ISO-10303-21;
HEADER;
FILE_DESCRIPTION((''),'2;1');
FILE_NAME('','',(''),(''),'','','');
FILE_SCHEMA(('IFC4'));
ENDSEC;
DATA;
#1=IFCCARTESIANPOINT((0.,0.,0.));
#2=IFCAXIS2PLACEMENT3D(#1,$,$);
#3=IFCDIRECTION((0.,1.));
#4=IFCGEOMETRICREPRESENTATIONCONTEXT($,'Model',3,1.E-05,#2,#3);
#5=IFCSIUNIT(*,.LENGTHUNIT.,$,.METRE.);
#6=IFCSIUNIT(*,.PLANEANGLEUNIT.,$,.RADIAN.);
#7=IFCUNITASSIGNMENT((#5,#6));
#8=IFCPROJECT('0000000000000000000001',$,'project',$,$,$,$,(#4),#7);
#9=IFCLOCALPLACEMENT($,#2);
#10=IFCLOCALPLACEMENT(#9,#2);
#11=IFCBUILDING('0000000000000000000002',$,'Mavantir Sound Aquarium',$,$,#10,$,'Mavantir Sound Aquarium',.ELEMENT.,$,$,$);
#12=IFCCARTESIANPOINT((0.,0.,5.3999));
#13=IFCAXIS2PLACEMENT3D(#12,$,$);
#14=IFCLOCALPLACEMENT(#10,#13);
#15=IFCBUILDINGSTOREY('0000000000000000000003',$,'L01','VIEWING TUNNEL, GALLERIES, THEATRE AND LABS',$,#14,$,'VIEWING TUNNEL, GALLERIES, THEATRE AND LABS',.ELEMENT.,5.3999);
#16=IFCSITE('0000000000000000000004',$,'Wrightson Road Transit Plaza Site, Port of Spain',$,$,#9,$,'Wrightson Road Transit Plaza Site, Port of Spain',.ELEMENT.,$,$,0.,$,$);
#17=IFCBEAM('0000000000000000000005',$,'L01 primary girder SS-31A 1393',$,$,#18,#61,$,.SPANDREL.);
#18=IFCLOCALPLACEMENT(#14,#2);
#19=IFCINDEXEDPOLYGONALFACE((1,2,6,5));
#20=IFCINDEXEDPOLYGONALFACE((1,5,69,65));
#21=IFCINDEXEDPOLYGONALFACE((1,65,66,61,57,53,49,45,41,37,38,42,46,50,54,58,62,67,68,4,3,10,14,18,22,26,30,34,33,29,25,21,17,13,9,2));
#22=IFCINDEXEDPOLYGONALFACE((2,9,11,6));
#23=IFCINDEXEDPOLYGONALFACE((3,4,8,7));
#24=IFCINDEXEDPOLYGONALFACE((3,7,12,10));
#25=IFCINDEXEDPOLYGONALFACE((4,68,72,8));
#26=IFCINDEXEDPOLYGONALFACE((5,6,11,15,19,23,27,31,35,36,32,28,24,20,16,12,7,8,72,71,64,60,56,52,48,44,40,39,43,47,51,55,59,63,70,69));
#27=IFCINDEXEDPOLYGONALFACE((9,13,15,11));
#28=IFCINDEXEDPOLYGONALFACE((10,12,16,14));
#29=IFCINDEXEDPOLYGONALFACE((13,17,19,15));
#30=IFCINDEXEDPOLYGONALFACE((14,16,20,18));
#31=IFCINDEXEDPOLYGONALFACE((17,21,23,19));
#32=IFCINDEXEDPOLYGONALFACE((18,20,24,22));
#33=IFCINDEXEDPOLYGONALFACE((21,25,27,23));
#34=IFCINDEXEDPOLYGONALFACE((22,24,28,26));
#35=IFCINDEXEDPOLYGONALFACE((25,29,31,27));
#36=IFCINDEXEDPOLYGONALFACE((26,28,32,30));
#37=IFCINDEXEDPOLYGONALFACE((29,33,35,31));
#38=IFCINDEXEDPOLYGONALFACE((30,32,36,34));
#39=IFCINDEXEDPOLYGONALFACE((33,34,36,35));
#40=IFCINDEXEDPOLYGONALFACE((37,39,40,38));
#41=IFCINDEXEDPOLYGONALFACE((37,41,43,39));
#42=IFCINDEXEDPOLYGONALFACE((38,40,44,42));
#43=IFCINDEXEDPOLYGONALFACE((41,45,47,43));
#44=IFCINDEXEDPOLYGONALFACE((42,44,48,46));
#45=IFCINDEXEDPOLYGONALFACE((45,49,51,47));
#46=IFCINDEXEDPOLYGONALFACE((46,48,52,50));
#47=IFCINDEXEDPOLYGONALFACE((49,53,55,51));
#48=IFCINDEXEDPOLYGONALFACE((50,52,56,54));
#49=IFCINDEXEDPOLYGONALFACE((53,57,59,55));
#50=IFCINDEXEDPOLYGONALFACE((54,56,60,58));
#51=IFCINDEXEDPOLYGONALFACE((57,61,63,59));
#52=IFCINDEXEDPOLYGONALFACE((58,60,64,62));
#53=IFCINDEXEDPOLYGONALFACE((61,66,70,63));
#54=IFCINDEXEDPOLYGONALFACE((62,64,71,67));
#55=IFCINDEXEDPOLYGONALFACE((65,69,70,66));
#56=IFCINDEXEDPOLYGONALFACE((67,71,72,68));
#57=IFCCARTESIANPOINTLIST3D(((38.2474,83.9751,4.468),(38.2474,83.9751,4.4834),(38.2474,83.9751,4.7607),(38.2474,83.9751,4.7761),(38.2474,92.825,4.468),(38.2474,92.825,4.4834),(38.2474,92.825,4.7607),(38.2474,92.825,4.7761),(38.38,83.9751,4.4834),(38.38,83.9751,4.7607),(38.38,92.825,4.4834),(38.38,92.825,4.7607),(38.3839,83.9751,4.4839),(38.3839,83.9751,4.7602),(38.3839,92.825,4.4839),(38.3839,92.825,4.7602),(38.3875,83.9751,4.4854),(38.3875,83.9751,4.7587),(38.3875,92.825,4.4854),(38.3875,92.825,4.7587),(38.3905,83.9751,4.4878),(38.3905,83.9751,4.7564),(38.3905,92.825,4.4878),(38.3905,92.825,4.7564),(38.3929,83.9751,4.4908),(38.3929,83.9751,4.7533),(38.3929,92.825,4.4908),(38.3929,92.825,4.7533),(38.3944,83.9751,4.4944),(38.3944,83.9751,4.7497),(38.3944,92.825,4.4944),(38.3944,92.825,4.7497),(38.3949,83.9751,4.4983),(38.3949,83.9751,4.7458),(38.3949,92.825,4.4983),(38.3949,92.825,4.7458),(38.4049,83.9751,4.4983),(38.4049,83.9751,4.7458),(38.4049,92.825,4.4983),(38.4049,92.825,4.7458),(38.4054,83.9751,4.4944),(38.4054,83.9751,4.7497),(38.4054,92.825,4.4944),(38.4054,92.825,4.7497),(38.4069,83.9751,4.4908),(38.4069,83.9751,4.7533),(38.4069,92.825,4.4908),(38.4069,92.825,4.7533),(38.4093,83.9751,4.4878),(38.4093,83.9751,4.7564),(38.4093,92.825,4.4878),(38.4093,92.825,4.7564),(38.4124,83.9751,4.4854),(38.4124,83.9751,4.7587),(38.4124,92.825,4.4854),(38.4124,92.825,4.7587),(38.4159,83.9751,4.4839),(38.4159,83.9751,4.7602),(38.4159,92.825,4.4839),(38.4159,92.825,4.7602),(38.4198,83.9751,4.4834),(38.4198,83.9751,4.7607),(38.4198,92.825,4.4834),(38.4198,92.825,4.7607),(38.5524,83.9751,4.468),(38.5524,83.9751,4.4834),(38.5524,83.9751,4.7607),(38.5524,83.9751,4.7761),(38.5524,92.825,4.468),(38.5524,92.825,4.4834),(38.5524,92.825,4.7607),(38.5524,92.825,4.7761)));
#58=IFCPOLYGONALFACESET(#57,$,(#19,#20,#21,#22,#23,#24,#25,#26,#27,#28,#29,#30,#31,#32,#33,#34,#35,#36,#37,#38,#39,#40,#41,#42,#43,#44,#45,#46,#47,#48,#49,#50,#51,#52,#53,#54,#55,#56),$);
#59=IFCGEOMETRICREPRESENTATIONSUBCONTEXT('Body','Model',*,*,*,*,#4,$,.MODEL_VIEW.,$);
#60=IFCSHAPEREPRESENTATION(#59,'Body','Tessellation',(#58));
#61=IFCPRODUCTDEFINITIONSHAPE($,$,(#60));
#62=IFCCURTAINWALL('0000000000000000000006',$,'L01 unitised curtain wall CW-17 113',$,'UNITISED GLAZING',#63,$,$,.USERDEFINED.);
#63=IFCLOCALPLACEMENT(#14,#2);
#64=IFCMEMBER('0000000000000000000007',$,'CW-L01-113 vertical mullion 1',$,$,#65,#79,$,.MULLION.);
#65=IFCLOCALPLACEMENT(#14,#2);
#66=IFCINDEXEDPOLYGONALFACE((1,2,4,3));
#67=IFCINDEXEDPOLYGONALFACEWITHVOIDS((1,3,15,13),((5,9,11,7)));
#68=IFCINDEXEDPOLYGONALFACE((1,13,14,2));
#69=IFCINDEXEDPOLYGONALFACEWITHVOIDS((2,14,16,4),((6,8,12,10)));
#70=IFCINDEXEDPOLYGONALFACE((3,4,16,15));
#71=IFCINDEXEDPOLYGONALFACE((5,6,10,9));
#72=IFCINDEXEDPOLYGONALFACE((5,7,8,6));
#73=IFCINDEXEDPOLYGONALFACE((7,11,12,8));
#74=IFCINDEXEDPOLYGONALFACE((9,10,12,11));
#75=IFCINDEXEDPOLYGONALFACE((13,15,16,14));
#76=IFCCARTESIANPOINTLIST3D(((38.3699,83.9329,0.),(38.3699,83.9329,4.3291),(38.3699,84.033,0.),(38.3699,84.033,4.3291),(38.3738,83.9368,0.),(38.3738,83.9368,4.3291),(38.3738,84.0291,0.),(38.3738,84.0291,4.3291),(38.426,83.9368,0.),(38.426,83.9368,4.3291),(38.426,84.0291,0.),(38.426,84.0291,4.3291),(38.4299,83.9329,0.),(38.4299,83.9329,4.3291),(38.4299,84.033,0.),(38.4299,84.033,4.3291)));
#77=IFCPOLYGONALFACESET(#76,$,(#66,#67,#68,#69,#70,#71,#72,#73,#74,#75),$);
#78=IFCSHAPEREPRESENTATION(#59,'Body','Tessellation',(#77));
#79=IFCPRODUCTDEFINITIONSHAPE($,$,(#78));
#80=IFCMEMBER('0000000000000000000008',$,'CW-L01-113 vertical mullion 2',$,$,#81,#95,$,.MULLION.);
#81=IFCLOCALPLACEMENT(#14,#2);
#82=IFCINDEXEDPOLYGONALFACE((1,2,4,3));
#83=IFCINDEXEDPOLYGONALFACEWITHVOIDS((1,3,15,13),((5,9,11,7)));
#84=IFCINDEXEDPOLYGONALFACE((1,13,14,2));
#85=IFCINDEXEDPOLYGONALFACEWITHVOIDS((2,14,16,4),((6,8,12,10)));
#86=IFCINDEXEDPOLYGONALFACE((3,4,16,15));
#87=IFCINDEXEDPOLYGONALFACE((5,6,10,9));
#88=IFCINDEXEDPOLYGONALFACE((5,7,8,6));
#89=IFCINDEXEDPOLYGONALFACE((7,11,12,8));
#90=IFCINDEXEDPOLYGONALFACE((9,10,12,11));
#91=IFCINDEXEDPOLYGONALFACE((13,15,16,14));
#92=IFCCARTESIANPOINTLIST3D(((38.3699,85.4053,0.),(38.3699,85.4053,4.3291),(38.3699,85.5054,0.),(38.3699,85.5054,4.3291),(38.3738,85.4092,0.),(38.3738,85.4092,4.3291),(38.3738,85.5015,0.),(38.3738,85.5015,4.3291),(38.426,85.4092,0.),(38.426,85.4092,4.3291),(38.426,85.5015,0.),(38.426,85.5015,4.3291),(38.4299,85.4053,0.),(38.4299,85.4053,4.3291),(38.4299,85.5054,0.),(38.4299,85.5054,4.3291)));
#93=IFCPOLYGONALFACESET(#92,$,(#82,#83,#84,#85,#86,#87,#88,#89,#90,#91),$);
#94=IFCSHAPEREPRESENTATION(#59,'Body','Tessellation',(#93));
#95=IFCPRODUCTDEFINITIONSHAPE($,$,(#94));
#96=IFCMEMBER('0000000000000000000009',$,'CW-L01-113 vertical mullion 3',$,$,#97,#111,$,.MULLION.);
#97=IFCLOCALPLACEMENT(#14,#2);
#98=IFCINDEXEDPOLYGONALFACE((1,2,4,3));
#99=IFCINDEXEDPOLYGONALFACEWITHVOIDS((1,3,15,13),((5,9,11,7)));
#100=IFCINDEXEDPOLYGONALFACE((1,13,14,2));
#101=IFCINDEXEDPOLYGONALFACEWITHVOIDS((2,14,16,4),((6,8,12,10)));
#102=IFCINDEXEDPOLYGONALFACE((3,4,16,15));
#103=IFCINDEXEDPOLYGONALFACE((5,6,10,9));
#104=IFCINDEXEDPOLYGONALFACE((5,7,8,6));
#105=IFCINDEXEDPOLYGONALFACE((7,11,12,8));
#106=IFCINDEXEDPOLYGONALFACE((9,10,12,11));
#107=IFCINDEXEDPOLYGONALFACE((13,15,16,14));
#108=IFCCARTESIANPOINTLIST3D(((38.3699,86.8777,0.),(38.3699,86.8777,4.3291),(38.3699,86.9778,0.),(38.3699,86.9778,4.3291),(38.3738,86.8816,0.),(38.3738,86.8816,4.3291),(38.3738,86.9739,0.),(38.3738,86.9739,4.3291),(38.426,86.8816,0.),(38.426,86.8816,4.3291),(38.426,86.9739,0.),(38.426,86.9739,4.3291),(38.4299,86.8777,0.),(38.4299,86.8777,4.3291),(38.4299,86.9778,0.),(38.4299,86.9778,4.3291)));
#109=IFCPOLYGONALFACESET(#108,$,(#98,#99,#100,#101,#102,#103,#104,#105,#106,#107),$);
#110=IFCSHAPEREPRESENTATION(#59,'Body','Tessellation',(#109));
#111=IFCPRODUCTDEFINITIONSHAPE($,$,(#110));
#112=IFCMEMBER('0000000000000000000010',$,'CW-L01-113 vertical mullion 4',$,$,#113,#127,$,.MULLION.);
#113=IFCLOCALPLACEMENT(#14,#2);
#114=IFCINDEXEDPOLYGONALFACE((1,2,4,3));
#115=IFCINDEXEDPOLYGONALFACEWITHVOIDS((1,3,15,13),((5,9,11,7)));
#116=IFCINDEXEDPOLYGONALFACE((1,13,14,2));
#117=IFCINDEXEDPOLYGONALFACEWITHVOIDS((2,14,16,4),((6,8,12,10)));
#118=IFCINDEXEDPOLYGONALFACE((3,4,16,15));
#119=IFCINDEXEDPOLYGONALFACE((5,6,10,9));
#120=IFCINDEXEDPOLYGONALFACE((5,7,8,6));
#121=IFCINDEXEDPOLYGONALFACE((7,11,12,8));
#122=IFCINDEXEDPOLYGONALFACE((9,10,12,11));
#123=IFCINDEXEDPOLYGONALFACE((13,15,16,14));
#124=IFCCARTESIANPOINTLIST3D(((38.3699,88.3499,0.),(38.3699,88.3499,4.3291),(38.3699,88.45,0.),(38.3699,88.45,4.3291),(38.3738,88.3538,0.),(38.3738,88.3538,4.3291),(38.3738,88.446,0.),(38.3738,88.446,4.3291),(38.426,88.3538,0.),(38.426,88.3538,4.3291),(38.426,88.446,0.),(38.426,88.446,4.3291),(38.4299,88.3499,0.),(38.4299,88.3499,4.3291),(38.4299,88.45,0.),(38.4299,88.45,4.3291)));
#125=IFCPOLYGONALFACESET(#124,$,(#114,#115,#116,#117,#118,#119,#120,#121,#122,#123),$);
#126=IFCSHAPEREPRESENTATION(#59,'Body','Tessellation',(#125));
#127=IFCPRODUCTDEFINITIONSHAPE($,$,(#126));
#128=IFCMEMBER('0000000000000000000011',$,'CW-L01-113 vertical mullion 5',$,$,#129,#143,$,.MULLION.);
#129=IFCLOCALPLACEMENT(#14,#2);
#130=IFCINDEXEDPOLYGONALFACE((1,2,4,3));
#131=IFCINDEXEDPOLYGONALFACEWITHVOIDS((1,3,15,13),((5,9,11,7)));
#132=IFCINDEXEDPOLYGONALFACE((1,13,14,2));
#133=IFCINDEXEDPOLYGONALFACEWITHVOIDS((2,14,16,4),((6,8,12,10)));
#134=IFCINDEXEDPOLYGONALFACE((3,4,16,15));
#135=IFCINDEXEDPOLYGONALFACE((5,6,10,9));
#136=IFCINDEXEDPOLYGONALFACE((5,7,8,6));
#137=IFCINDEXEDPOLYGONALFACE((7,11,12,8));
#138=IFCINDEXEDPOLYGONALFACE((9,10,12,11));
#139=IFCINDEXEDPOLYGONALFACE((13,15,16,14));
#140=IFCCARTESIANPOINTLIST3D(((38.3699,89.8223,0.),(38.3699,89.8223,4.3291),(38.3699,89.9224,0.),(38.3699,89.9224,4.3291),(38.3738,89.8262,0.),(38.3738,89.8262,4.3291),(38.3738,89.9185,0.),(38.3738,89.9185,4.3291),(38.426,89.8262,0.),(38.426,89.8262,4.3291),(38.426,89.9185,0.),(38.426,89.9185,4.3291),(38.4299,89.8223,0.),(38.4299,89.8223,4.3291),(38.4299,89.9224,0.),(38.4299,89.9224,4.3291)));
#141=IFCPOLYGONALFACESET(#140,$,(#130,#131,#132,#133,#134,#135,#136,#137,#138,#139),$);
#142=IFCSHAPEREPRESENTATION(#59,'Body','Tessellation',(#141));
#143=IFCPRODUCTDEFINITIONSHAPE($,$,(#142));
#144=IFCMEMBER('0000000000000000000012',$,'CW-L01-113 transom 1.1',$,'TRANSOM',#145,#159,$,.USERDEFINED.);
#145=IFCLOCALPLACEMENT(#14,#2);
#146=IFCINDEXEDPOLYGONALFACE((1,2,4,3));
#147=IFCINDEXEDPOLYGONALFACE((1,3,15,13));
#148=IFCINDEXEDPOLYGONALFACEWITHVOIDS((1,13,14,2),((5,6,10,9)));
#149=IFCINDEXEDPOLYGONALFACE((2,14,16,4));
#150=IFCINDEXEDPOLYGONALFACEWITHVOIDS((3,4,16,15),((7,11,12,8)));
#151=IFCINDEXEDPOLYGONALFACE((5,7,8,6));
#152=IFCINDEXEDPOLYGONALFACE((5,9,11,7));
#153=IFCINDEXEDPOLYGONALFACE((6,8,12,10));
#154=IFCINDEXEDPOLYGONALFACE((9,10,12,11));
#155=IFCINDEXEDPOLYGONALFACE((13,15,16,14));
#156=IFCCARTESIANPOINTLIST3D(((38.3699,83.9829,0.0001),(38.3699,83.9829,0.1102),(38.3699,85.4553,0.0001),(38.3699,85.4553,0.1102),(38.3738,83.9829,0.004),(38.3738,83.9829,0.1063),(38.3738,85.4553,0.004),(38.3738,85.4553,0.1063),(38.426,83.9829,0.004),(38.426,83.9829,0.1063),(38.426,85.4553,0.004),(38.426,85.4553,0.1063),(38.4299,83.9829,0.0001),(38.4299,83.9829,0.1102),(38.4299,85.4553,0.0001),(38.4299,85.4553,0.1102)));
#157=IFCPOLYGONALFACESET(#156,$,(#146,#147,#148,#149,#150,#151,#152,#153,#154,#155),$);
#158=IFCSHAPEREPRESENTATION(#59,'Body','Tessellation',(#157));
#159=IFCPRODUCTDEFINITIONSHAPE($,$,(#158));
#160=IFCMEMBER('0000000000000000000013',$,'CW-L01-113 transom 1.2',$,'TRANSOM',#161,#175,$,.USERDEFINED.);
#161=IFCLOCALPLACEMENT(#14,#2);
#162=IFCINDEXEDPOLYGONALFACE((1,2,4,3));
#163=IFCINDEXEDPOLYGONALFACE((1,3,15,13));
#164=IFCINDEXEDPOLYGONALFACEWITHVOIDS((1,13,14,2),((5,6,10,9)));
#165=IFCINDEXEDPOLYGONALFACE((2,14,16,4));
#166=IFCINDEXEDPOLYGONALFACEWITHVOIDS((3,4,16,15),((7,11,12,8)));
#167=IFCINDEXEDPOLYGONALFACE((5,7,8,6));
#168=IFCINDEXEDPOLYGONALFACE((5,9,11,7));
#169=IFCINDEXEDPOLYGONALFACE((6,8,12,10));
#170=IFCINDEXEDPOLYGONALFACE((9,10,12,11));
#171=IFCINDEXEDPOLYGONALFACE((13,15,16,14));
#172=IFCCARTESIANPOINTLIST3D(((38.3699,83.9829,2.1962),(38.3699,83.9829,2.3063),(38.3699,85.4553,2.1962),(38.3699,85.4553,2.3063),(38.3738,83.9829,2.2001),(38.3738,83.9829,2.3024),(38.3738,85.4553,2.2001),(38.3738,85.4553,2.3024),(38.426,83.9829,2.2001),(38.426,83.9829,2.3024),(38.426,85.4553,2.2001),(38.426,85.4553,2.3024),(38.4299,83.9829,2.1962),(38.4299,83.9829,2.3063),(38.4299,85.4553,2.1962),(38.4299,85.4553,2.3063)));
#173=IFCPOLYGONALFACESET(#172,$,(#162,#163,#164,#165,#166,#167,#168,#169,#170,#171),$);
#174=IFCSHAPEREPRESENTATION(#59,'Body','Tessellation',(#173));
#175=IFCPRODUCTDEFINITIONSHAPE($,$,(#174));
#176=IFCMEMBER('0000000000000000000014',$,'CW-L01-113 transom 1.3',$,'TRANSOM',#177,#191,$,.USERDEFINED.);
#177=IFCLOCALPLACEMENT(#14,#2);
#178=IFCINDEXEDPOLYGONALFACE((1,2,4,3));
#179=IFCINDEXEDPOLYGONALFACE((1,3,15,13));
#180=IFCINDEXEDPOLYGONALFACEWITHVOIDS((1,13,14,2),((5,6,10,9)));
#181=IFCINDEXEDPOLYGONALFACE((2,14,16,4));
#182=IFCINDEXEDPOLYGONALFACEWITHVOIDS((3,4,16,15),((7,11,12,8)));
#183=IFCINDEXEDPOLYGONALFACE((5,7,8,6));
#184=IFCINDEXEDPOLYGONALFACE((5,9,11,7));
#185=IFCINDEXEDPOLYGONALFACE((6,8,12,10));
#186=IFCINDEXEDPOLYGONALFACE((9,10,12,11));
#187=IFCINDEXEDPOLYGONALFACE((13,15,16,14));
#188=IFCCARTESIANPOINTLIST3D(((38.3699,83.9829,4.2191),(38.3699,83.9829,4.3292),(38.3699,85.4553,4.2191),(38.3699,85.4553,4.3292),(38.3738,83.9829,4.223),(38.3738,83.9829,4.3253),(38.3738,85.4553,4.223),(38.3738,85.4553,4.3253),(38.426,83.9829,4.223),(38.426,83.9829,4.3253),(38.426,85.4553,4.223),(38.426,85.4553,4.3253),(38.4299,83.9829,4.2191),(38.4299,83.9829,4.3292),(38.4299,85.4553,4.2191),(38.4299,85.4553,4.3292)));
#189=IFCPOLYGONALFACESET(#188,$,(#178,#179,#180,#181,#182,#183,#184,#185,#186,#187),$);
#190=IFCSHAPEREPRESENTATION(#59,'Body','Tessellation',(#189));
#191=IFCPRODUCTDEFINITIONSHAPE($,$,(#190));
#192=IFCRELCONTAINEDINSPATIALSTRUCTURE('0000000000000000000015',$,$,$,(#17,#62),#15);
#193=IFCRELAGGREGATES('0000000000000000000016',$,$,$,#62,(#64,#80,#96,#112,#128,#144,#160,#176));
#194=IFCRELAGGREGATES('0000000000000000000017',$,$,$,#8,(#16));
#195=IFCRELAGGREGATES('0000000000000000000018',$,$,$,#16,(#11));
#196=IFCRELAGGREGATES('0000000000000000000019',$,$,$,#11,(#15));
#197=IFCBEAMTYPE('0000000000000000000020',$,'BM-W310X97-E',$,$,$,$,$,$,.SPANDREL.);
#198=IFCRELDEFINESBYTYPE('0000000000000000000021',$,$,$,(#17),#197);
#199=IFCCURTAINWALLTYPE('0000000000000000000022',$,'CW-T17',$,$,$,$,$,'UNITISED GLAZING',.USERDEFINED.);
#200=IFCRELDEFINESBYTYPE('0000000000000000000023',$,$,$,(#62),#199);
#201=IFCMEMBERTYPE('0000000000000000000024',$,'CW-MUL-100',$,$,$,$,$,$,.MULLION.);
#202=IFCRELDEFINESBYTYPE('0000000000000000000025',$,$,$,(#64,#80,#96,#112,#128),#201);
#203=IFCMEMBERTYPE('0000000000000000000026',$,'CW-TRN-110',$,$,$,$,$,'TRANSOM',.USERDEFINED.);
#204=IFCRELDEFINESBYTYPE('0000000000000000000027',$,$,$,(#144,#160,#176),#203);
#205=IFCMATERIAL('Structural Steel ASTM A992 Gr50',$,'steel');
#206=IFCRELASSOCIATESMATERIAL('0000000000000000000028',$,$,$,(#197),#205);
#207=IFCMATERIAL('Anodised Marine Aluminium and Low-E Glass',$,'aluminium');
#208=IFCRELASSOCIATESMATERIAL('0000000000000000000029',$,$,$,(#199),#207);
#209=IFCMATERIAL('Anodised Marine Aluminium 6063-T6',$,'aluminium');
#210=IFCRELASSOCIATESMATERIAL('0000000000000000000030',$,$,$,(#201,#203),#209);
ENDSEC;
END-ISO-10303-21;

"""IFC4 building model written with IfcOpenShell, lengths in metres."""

from ifc_helpers import new_model, si_unit, direction, frame, origin, origin_2d, place, context, subcontext, project, spatial, hollow_rectangle, i_section, extrude, material, material_profile, profile_set, type_object, element, aggregate, save


model = new_model("IFC4")

# Units and contexts
model_context = context("Model", 3, precision=1e-05, world=origin(), true_north=direction((0.0, 1.0)))
body_context = subcontext(model_context, "Body", "Model", "MODEL_VIEW")
ifc_project = project(units=[si_unit("LENGTHUNIT", "METRE"), si_unit("PLANEANGLEUNIT", "RADIAN")], contexts=[model_context])

# Site, building, storey
site_placement = place(None, origin())
site = spatial("IfcSite", under=ifc_project, at=site_placement, Name="Wrightson Road Transit Plaza Site, Port of Spain", LongName="Wrightson Road Transit Plaza Site, Port of Spain", CompositionType="ELEMENT", RefElevation=0.0)
building_placement = place(site_placement, origin())
building = spatial("IfcBuilding", under=site, at=building_placement, Name="Mavantir Sound Aquarium", LongName="Mavantir Sound Aquarium", CompositionType="ELEMENT")
storey_placement = place(building_placement, frame((0.0, 0.0, 5.3999)))
storey = spatial("IfcBuildingStorey", under=building, at=storey_placement, Name="L01", Description="VIEWING TUNNEL, GALLERIES, THEATRE AND LABS", LongName="VIEWING TUNNEL, GALLERIES, THEATRE AND LABS", CompositionType="ELEMENT", Elevation=5.3999)

# Beam
ifc_material_1 = material(Name="Structural Steel ASTM A992 Gr50", Category="steel")
ifc_material_profile_1 = material_profile(ifc_material_1, i_section(OverallWidth=0.3049, OverallDepth=0.3081, WebThickness=0.01, FlangeThickness=0.0154, FilletRadius=0.0149, at=origin_2d()), Name="W310X97")
ifc_profile_set_1 = profile_set([ifc_material_profile_1], Name="Structural Steel ASTM A992 Gr50")
beam_type = type_object("IfcBeamType", Name="BM-W310X97-E", PredefinedType="SPANDREL", material=ifc_profile_set_1)
beam_placement = place(storey_placement, frame((38.3999, 83.9751, 4.6221), z_axis=(0.0, 1.0, 0.0), x_axis=(-1.0, 0.0, 0.0)))
element("IfcBeam", 1, at=beam_placement, inside=storey, type_object=beam_type, Name="L01 primary girder SS-31A 1393", PredefinedType="SPANDREL", context=body_context, shape_type="SweptSolid", body=[
    extrude(i_section(OverallWidth=0.3049, OverallDepth=0.3081, WebThickness=0.01, FlangeThickness=0.0154, FilletRadius=0.0149, at=origin_2d()), origin(), (0.0, 0.0, 1.0), 8.8499),
])

# Curtain wall, members
ifc_material_2 = material(Name="Anodised Marine Aluminium and Low-E Glass", Category="aluminium")
curtain_wall_type = type_object("IfcCurtainWallType", Name="CW-T17", ElementType="UNITISED GLAZING", PredefinedType="USERDEFINED", material=ifc_material_2)
curtain_wall_placement = place(storey_placement, origin())
curtain_wall = element("IfcCurtainWall", 2, at=curtain_wall_placement, inside=storey, type_object=curtain_wall_type, Name="L01 unitised curtain wall CW-17 113", ObjectType="UNITISED GLAZING", PredefinedType="USERDEFINED")
ifc_material_3 = material(Name="Anodised Marine Aluminium 6063-T6", Category="aluminium")
ifc_material_profile_2 = material_profile(ifc_material_3, hollow_rectangle(XDim=0.0601, YDim=0.1001, WallThickness=0.0039, at=origin_2d()), Name="ALU-MULLION-100X60")
ifc_profile_set_2 = profile_set([ifc_material_profile_2], Name="Anodised Marine Aluminium 6063-T6")
member_type_1 = type_object("IfcMemberType", Name="CW-MUL-100", PredefinedType="MULLION", material=ifc_profile_set_2)
member_1_placement = place(storey_placement, frame((38.3999, 83.9829, 0.0), z_axis=(0.0, 0.0, 1.0), x_axis=(1.0, 0.0, 0.0)))
member_1 = element("IfcMember", 3, at=member_1_placement, type_object=member_type_1, Name="CW-L01-113 vertical mullion 1", PredefinedType="MULLION", context=body_context, shape_type="SweptSolid", body=[
    extrude(hollow_rectangle(XDim=0.0601, YDim=0.1001, WallThickness=0.0039, at=origin_2d()), origin(), (0.0, 0.0, 1.0), 4.3291),
])
member_2_placement = place(storey_placement, frame((38.3999, 85.4553, 0.0), z_axis=(0.0, 0.0, 1.0), x_axis=(1.0, 0.0, 0.0)))
member_2 = element("IfcMember", 4, at=member_2_placement, type_object=member_type_1, Name="CW-L01-113 vertical mullion 2", PredefinedType="MULLION", context=body_context, shape_type="SweptSolid", body=[
    extrude(hollow_rectangle(XDim=0.0601, YDim=0.1001, WallThickness=0.0039, at=origin_2d()), origin(), (0.0, 0.0, 1.0), 4.3291),
])
member_3_placement = place(storey_placement, frame((38.3999, 86.9277, 0.0), z_axis=(0.0, 0.0, 1.0), x_axis=(1.0, 0.0, 0.0)))
member_3 = element("IfcMember", 5, at=member_3_placement, type_object=member_type_1, Name="CW-L01-113 vertical mullion 3", PredefinedType="MULLION", context=body_context, shape_type="SweptSolid", body=[
    extrude(hollow_rectangle(XDim=0.0601, YDim=0.1001, WallThickness=0.0039, at=origin_2d()), origin(), (0.0, 0.0, 1.0), 4.3291),
])
member_4_placement = place(storey_placement, frame((38.3999, 88.3999, 0.0), z_axis=(0.0, 0.0, 1.0), x_axis=(1.0, 0.0, 0.0)))
member_4 = element("IfcMember", 6, at=member_4_placement, type_object=member_type_1, Name="CW-L01-113 vertical mullion 4", PredefinedType="MULLION", context=body_context, shape_type="SweptSolid", body=[
    extrude(hollow_rectangle(XDim=0.0601, YDim=0.1001, WallThickness=0.0039, at=origin_2d()), origin(), (0.0, 0.0, 1.0), 4.3291),
])
member_5_placement = place(storey_placement, frame((38.3999, 89.8723, 0.0), z_axis=(0.0, 0.0, 1.0), x_axis=(1.0, 0.0, 0.0)))
member_5 = element("IfcMember", 7, at=member_5_placement, type_object=member_type_1, Name="CW-L01-113 vertical mullion 5", PredefinedType="MULLION", context=body_context, shape_type="SweptSolid", body=[
    extrude(hollow_rectangle(XDim=0.0601, YDim=0.1001, WallThickness=0.0039, at=origin_2d()), origin(), (0.0, 0.0, 1.0), 4.3291),
])
ifc_material_profile_3 = material_profile(ifc_material_3, hollow_rectangle(XDim=0.0601, YDim=0.1101, WallThickness=0.0039, at=origin_2d()), Name="ALU-TRANSOM-110X60")
ifc_profile_set_3 = profile_set([ifc_material_profile_3], Name="Anodised Marine Aluminium 6063-T6")
member_type_2 = type_object("IfcMemberType", Name="CW-TRN-110", ElementType="TRANSOM", PredefinedType="USERDEFINED", material=ifc_profile_set_3)
member_6_placement = place(storey_placement, frame((38.3999, 83.9829, 0.0552), z_axis=(0.0, 1.0, 0.0), x_axis=(-1.0, 0.0, 0.0)))
member_6 = element("IfcMember", 8, at=member_6_placement, type_object=member_type_2, Name="CW-L01-113 transom 1.1", ObjectType="TRANSOM", PredefinedType="USERDEFINED", context=body_context, shape_type="SweptSolid", body=[
    extrude(hollow_rectangle(XDim=0.0601, YDim=0.1101, WallThickness=0.0039, at=origin_2d()), origin(), (0.0, 0.0, 1.0), 1.4724),
])
member_7_placement = place(storey_placement, frame((38.3999, 83.9829, 2.2512), z_axis=(0.0, 1.0, 0.0), x_axis=(-1.0, 0.0, 0.0)))
member_7 = element("IfcMember", 9, at=member_7_placement, type_object=member_type_2, Name="CW-L01-113 transom 1.2", ObjectType="TRANSOM", PredefinedType="USERDEFINED", context=body_context, shape_type="SweptSolid", body=[
    extrude(hollow_rectangle(XDim=0.0601, YDim=0.1101, WallThickness=0.0039, at=origin_2d()), origin(), (0.0, 0.0, 1.0), 1.4724),
])
member_8_placement = place(storey_placement, frame((38.3999, 83.9829, 4.2742), z_axis=(0.0, 1.0, 0.0), x_axis=(-1.0, 0.0, 0.0)))
member_8 = element("IfcMember", 10, at=member_8_placement, type_object=member_type_2, Name="CW-L01-113 transom 1.3", ObjectType="TRANSOM", PredefinedType="USERDEFINED", context=body_context, shape_type="SweptSolid", body=[
    extrude(hollow_rectangle(XDim=0.0601, YDim=0.1101, WallThickness=0.0039, at=origin_2d()), origin(), (0.0, 0.0, 1.0), 1.4724),
])
aggregate(curtain_wall, [member_1, member_2, member_3, member_4, member_5, member_6, member_7, member_8])

save(model, "model.ifc")
